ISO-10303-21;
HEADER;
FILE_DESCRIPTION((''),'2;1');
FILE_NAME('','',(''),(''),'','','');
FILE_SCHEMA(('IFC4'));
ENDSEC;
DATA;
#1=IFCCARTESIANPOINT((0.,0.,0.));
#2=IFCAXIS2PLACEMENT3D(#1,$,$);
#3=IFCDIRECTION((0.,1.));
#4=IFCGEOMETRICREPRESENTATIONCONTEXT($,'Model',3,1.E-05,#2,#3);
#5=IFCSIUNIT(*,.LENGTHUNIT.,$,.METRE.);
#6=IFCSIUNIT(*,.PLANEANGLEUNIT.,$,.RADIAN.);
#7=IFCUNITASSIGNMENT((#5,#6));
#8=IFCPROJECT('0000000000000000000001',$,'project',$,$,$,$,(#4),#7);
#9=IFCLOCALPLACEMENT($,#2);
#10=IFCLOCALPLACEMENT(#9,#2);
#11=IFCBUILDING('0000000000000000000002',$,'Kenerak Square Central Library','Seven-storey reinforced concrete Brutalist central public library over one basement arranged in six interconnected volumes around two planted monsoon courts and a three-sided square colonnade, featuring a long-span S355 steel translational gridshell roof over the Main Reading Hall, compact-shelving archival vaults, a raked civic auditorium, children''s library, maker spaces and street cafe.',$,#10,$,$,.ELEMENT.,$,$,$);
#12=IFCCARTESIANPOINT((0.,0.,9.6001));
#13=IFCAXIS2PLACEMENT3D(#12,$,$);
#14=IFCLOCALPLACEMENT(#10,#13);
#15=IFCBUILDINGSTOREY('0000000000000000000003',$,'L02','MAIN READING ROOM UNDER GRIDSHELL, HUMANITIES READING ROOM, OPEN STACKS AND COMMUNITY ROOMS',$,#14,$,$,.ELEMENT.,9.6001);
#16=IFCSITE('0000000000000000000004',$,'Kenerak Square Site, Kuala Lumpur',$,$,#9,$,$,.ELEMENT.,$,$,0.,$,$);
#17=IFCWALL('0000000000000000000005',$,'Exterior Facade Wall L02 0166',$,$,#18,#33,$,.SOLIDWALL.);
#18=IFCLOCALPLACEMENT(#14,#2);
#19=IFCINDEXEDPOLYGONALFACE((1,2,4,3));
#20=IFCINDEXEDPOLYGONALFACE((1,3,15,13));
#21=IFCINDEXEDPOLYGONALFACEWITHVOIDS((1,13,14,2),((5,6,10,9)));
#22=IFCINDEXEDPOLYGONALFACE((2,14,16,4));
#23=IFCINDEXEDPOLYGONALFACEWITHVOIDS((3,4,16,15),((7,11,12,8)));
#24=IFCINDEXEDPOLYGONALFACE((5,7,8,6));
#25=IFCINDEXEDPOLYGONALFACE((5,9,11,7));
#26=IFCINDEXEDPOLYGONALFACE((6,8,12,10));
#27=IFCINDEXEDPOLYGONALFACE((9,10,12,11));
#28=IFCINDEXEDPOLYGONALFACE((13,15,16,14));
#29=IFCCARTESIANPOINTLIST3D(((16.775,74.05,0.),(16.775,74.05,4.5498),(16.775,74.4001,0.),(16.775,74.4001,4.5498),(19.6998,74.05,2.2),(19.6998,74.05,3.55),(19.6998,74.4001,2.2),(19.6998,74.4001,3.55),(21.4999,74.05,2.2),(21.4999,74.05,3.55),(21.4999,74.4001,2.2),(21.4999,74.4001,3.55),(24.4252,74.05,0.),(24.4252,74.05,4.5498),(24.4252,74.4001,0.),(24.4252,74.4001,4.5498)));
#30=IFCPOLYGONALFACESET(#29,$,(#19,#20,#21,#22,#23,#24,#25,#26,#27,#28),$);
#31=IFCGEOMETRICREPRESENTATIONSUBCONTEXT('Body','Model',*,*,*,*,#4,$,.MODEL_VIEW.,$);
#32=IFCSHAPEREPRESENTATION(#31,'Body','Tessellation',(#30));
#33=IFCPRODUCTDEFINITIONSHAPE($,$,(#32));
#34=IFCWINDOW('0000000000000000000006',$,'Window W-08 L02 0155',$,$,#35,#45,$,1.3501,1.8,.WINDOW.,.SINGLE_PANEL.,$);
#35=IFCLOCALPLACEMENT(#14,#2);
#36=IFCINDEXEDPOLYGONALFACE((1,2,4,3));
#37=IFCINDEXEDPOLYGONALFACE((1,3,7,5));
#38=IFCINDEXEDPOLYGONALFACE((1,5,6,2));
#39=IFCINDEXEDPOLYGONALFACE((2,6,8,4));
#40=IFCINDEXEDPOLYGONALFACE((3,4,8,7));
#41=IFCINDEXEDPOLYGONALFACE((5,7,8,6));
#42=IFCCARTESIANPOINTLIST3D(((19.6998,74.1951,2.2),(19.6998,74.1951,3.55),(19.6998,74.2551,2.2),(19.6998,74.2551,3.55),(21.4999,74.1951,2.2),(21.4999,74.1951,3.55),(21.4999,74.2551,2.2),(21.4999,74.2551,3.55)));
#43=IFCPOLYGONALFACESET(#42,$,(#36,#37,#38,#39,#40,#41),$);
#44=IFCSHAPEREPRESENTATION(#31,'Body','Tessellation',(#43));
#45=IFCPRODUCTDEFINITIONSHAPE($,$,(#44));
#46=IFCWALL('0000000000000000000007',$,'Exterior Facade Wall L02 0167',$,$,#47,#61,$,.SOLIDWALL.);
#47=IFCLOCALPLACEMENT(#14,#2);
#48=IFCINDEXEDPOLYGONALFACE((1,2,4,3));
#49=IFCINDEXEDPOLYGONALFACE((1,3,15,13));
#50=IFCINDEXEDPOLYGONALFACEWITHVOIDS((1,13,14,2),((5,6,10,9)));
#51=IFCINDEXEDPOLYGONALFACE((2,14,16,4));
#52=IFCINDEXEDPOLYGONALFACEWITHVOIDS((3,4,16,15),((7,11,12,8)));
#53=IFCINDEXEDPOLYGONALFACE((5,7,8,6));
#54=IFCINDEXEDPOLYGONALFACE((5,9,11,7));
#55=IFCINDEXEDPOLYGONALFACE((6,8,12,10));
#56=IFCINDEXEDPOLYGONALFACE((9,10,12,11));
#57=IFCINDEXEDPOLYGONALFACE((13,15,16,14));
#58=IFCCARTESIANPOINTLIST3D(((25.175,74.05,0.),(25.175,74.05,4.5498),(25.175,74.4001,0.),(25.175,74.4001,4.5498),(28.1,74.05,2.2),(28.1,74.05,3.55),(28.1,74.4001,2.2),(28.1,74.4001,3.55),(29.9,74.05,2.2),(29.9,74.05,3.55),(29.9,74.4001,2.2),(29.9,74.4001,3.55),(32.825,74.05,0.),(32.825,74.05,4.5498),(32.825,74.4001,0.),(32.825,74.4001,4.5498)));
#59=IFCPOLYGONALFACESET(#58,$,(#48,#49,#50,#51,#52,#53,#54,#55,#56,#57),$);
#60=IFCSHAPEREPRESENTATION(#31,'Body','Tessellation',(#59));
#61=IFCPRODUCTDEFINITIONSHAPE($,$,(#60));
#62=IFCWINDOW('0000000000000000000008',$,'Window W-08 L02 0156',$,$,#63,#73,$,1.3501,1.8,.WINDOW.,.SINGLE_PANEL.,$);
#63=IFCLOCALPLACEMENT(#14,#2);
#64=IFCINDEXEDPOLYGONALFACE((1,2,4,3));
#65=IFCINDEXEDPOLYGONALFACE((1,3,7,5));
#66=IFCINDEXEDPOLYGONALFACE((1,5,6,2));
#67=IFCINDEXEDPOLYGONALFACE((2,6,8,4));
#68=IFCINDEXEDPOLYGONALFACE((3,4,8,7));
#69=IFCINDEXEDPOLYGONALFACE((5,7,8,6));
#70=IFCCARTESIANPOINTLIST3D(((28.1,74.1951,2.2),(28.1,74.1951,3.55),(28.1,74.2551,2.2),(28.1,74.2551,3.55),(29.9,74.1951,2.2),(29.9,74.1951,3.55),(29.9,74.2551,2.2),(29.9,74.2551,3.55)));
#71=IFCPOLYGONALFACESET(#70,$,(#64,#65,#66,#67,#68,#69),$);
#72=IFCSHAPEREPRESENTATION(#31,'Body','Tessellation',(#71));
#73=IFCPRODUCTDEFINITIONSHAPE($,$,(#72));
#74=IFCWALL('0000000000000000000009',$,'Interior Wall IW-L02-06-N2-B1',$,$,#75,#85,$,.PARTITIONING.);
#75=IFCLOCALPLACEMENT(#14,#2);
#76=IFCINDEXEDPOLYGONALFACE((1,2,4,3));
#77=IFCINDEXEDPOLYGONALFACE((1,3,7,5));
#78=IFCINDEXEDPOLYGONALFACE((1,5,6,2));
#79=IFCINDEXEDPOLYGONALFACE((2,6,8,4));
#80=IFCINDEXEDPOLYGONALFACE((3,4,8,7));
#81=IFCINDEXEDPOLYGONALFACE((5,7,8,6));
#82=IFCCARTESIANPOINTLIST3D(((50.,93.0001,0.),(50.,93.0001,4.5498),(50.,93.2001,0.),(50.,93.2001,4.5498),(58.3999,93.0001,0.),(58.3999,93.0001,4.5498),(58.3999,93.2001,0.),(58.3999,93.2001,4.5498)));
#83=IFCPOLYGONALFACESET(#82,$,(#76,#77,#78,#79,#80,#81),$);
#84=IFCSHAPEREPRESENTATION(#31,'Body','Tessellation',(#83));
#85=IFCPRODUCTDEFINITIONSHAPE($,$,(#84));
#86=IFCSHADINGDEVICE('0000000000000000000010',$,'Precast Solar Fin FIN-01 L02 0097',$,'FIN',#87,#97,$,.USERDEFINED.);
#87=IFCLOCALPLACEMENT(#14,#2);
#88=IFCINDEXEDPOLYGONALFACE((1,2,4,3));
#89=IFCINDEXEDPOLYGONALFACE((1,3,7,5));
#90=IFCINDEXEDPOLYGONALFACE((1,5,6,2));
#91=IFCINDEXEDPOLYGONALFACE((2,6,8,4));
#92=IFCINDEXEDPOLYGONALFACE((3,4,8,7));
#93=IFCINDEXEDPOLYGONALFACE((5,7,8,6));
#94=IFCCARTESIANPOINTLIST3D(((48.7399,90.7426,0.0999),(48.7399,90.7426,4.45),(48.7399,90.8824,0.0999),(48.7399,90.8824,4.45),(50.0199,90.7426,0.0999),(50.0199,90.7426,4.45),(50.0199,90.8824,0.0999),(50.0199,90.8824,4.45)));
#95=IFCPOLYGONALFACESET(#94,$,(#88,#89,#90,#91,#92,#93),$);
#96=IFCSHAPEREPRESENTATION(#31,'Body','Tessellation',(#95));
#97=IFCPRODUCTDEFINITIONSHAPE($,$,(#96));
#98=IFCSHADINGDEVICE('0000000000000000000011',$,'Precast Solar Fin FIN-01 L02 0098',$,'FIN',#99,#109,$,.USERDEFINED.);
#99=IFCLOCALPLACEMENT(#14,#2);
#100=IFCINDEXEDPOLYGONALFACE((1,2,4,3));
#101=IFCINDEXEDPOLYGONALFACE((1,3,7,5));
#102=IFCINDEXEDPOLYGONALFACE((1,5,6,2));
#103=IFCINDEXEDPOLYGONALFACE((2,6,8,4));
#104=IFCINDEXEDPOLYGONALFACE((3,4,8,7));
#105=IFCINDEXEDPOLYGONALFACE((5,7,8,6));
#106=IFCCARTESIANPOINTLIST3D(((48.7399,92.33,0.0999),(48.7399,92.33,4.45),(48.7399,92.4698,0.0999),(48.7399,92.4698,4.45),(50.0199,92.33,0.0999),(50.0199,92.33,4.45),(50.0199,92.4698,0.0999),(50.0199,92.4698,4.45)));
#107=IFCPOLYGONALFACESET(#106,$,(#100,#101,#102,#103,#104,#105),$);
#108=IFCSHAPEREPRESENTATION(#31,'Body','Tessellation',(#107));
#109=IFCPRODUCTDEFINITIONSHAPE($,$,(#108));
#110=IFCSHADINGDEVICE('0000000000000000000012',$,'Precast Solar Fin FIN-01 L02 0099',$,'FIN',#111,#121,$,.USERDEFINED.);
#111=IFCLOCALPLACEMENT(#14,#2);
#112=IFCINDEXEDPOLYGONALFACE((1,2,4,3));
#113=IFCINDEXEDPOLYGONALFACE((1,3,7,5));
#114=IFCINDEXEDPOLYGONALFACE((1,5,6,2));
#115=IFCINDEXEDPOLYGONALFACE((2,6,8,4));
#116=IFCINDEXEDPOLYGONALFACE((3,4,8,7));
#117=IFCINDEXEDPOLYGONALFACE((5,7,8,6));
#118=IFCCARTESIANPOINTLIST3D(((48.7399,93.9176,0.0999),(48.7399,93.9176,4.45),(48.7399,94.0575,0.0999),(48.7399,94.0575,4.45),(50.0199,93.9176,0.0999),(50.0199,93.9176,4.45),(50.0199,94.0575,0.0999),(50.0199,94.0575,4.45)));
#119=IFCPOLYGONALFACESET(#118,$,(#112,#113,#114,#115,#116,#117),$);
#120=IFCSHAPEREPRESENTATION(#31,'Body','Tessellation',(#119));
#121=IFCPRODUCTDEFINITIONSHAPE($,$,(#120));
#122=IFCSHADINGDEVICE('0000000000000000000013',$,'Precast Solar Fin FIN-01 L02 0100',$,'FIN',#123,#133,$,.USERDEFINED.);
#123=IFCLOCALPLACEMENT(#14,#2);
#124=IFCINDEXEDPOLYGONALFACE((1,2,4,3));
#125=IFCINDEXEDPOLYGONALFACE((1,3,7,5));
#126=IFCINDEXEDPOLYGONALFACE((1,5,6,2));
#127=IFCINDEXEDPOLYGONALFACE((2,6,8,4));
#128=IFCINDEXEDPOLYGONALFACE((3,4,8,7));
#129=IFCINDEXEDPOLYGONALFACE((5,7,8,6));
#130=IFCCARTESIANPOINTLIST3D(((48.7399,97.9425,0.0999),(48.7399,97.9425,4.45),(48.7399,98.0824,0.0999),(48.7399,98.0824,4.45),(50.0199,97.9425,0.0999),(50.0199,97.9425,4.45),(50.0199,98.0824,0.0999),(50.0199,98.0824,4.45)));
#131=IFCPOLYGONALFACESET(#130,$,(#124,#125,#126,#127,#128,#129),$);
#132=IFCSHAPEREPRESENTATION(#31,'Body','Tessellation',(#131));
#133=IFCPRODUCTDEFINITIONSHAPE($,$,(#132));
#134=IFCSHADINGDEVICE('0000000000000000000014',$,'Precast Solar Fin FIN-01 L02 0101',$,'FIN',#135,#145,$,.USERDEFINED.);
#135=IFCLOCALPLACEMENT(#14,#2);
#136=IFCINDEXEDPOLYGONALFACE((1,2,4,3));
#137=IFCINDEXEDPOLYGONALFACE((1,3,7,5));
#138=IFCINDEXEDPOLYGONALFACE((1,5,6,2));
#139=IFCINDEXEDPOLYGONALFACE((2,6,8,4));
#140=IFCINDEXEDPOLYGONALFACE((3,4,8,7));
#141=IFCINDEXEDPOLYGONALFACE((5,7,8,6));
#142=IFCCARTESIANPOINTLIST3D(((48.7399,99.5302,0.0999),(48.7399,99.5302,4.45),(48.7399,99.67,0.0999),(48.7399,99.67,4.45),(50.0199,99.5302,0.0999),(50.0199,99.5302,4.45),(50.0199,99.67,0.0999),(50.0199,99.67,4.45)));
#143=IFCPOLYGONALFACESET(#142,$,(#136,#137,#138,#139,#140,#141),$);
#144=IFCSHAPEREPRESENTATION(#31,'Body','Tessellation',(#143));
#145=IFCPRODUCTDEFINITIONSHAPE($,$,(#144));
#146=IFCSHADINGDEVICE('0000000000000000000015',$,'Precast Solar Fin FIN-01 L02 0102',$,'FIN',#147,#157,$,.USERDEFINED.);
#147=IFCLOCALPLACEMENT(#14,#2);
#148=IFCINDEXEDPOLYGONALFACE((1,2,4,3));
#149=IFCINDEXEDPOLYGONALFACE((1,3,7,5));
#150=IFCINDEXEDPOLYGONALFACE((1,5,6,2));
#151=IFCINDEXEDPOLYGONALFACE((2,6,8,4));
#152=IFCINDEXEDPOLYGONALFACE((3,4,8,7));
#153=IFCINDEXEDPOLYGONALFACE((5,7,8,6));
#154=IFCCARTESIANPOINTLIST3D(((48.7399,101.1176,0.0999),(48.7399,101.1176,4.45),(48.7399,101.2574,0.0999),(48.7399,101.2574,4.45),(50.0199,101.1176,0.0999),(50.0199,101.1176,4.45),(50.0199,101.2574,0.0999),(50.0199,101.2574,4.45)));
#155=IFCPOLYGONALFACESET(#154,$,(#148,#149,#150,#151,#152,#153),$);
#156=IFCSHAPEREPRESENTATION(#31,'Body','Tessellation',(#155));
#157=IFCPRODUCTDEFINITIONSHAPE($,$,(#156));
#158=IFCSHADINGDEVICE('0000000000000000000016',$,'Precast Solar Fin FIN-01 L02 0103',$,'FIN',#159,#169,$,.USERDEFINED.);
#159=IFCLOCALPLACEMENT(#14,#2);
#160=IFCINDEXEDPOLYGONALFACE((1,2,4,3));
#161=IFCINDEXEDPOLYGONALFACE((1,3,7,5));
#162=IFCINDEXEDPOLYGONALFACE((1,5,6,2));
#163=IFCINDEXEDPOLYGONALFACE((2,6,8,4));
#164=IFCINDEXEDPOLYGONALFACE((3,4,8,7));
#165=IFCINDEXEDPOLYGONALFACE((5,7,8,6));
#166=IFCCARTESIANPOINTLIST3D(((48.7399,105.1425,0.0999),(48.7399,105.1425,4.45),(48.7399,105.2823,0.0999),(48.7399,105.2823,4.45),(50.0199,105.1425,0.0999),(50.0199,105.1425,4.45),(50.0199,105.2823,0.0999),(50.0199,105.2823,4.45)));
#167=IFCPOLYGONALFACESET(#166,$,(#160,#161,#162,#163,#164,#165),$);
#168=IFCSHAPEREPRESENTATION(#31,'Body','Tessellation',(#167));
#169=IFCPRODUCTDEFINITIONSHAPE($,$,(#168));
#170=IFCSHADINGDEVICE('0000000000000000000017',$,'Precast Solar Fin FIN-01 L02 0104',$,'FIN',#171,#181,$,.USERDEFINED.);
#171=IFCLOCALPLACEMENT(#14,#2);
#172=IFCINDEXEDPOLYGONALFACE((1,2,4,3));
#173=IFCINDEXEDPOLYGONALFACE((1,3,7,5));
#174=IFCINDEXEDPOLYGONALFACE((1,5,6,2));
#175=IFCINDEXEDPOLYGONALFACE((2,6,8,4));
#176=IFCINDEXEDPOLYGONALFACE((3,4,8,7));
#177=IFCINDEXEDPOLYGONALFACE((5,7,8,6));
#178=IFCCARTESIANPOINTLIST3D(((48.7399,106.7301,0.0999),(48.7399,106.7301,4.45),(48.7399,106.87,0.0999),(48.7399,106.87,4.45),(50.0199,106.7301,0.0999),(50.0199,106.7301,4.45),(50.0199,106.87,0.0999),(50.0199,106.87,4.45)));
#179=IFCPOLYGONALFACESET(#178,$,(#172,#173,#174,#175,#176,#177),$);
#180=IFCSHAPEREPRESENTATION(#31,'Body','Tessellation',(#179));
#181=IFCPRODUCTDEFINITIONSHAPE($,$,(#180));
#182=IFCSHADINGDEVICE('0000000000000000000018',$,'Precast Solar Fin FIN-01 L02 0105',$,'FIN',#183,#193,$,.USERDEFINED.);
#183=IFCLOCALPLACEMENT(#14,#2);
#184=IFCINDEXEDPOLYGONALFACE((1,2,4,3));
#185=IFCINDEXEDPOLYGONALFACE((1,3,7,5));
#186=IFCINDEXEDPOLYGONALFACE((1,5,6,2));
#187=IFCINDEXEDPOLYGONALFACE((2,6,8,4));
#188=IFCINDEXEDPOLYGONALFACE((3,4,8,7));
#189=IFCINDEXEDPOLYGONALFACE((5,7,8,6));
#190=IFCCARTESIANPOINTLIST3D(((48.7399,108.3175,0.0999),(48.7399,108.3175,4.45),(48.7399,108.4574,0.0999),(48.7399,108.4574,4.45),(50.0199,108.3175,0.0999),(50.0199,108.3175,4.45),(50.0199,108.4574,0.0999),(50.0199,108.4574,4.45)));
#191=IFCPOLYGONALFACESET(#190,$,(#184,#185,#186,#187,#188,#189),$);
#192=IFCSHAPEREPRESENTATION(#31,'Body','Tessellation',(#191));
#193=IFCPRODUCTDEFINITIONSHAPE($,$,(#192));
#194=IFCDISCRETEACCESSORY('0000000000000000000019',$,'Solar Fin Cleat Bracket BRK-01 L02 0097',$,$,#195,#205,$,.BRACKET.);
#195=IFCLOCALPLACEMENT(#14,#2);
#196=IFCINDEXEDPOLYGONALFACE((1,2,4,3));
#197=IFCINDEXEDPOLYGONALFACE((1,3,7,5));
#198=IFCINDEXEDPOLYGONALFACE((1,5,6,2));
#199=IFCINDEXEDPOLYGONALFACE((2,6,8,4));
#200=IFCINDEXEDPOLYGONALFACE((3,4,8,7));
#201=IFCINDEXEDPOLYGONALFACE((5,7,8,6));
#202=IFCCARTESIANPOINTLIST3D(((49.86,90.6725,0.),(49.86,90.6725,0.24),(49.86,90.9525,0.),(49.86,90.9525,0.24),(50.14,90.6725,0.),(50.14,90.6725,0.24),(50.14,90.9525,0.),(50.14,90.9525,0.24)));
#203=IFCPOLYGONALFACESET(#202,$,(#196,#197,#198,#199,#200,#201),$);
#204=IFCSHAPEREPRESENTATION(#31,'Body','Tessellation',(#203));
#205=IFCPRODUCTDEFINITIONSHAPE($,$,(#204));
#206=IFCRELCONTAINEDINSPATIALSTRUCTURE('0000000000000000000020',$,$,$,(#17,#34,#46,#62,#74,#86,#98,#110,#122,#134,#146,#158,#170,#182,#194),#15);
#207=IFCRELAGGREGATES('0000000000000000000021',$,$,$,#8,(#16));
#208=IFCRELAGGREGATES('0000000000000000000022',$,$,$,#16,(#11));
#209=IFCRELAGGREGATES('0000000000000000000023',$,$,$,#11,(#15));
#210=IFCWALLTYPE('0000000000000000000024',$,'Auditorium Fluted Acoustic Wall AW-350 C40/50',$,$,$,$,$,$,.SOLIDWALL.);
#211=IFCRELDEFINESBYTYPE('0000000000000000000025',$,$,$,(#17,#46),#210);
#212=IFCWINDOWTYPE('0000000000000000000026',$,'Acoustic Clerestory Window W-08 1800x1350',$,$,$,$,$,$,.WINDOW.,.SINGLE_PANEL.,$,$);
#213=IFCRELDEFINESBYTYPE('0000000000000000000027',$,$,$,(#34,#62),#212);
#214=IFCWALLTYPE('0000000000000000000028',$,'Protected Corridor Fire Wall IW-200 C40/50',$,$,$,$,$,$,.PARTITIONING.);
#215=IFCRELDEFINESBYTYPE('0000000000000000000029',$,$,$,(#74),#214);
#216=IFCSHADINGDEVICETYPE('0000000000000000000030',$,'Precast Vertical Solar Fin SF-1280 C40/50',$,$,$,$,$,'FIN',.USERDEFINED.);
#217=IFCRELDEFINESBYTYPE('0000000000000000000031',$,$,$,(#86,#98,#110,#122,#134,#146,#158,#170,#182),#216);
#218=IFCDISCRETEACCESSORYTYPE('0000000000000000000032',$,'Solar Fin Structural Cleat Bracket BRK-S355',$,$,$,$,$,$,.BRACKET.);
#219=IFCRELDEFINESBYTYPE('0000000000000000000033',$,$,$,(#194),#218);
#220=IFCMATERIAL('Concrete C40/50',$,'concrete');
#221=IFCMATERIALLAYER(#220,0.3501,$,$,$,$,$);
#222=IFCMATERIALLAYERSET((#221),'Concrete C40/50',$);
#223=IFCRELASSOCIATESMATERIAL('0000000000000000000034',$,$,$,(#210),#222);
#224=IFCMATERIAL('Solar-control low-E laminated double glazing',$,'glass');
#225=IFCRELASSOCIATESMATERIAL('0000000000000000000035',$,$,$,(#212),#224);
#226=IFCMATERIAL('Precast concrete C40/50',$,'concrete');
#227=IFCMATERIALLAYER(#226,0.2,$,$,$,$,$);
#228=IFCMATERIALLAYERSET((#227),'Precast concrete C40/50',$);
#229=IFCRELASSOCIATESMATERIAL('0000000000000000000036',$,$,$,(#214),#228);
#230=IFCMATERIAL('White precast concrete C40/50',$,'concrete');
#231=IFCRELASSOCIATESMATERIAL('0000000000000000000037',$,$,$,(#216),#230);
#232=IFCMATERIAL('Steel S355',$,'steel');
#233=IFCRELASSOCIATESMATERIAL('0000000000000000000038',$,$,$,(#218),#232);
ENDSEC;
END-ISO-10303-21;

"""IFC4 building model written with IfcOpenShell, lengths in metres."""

from ifc_helpers import new_model, si_unit, direction, frame, frame_2d, origin, origin_2d, place, context, subcontext, project, spatial, rectangle, extrude, material, layer, layer_set, type_object, element, fill, save


model = new_model("IFC4")

# Units and contexts
model_context = context("Model", 3, precision=1e-05, world=origin(), true_north=direction((0.0, 1.0)))
body_context = subcontext(model_context, "Body", "Model", "MODEL_VIEW")
ifc_project = project(units=[si_unit("LENGTHUNIT", "METRE"), si_unit("PLANEANGLEUNIT", "RADIAN")], contexts=[model_context])

# Site, building, storey
site_placement = place(None, origin())
site = spatial("IfcSite", under=ifc_project, at=site_placement, Name="Kenerak Square Site, Kuala Lumpur", CompositionType="ELEMENT", RefElevation=0.0)
building_placement = place(site_placement, origin())
building = spatial("IfcBuilding", under=site, at=building_placement, Name="Kenerak Square Central Library", Description="Seven-storey reinforced concrete Brutalist central public library over one basement arranged in six interconnected volumes around two planted monsoon courts and a three-sided square colonnade, featuring a long-span S355 steel translational gridshell roof over the Main Reading Hall, compact-shelving archival vaults, a raked civic auditorium, children's library, maker spaces and street cafe.", CompositionType="ELEMENT")
storey_placement = place(building_placement, frame((0.0, 0.0, 9.6001)))
storey = spatial("IfcBuildingStorey", under=building, at=storey_placement, Name="L02", Description="MAIN READING ROOM UNDER GRIDSHELL, HUMANITIES READING ROOM, OPEN STACKS AND COMMUNITY ROOMS", CompositionType="ELEMENT", Elevation=9.6001)

# Shared definitions
ifc_material_1 = material(Name="Concrete C40/50", Category="concrete")

# Walls, openings, windows
ifc_layer_1 = layer(ifc_material_1, 0.3501)
ifc_layer_set_1 = layer_set([ifc_layer_1], Name="Concrete C40/50")
wall_type_1 = type_object("IfcWallType", Name="Auditorium Fluted Acoustic Wall AW-350 C40/50", PredefinedType="SOLIDWALL", material=ifc_layer_set_1)
ifc_material_2 = material(Name="Solar-control low-E laminated double glazing", Category="glass")
window_type = type_object("IfcWindowType", Name="Acoustic Clerestory Window W-08 1800x1350", PartitioningType="SINGLE_PANEL", PredefinedType="WINDOW", material=ifc_material_2)
wall_1_placement = place(storey_placement, frame((16.7749, 74.2251, 0.0), z_axis=(0.0, 0.0, 1.0), x_axis=(1.0, 0.0, 0.0)))
wall_1 = element("IfcWall", 1, at=wall_1_placement, inside=storey, type_object=wall_type_1, Name="Exterior Facade Wall L02 0166", PredefinedType="SOLIDWALL", context=body_context, shape_type="SweptSolid", body=[
    extrude(rectangle(XDim=7.6501, YDim=0.3501, at=frame_2d((3.8252, 0.0))), origin(), (0.0, 0.0, 1.0), 4.5498),
])
opening_1_placement = place(wall_1_placement, frame((2.925, 0.0, 2.2)))
opening_1 = element("IfcOpeningElement", 2, at=opening_1_placement, cuts=wall_1, PredefinedType="OPENING", context=body_context, shape_type="SweptSolid", body=[
    extrude(rectangle(XDim=1.8, YDim=1.3501, at=frame_2d((0.8999, 0.675))), frame((0.0, 0.1851, 0.0), z_axis=(0.0, -1.0, 0.0), x_axis=(1.0, 0.0, 0.0)), (0.0, 0.0, 1.0), 0.3701),
])
window_1_placement = place(opening_1_placement, origin())
window_1 = element("IfcWindow", 3, at=window_1_placement, inside=storey, type_object=window_type, Name="Window W-08 L02 0155", OverallHeight=1.3501, OverallWidth=1.8, PartitioningType="SINGLE_PANEL", PredefinedType="WINDOW", context=body_context, shape_type="SweptSolid", body=[
    extrude(rectangle(XDim=1.8, YDim=1.3501, at=frame_2d((0.8999, 0.675))), frame((0.0, 0.03, 0.0), z_axis=(0.0, -1.0, 0.0), x_axis=(1.0, 0.0, 0.0)), (0.0, 0.0, 1.0), 0.0601),
])
fill(opening_1, window_1)
wall_2_placement = place(storey_placement, frame((25.175, 74.2251, 0.0), z_axis=(0.0, 0.0, 1.0), x_axis=(1.0, 0.0, 0.0)))
wall_2 = element("IfcWall", 4, at=wall_2_placement, inside=storey, type_object=wall_type_1, Name="Exterior Facade Wall L02 0167", PredefinedType="SOLIDWALL", context=body_context, shape_type="SweptSolid", body=[
    extrude(rectangle(XDim=7.6499, YDim=0.3501, at=frame_2d((3.825, 0.0))), origin(), (0.0, 0.0, 1.0), 4.5498),
])
opening_2_placement = place(wall_2_placement, frame((2.925, 0.0, 2.2)))
opening_2 = element("IfcOpeningElement", 5, at=opening_2_placement, cuts=wall_2, PredefinedType="OPENING", context=body_context, shape_type="SweptSolid", body=[
    extrude(rectangle(XDim=1.8, YDim=1.3501, at=frame_2d((0.8999, 0.675))), frame((0.0, 0.1851, 0.0), z_axis=(0.0, -1.0, 0.0), x_axis=(1.0, 0.0, 0.0)), (0.0, 0.0, 1.0), 0.3701),
])
window_2_placement = place(opening_2_placement, origin())
window_2 = element("IfcWindow", 6, at=window_2_placement, inside=storey, type_object=window_type, Name="Window W-08 L02 0156", OverallHeight=1.3501, OverallWidth=1.8, PartitioningType="SINGLE_PANEL", PredefinedType="WINDOW", context=body_context, shape_type="SweptSolid", body=[
    extrude(rectangle(XDim=1.8, YDim=1.3501, at=frame_2d((0.8999, 0.675))), frame((0.0, 0.03, 0.0), z_axis=(0.0, -1.0, 0.0), x_axis=(1.0, 0.0, 0.0)), (0.0, 0.0, 1.0), 0.0601),
])
fill(opening_2, window_2)

# Wall
ifc_material_3 = material(Name="Precast concrete C40/50", Category="concrete")
ifc_layer_2 = layer(ifc_material_3, 0.2)
ifc_layer_set_2 = layer_set([ifc_layer_2], Name="Precast concrete C40/50")
wall_type_2 = type_object("IfcWallType", Name="Protected Corridor Fire Wall IW-200 C40/50", PredefinedType="PARTITIONING", material=ifc_layer_set_2)
wall_3_placement = place(storey_placement, frame((50.0, 93.1001, 0.0), z_axis=(0.0, 0.0, 1.0), x_axis=(1.0, 0.0, 0.0)))
element("IfcWall", 7, at=wall_3_placement, inside=storey, type_object=wall_type_2, Name="Interior Wall IW-L02-06-N2-B1", PredefinedType="PARTITIONING", context=body_context, shape_type="SweptSolid", body=[
    extrude(rectangle(XDim=8.3999, YDim=0.2, at=frame_2d((4.2, 0.0))), origin(), (0.0, 0.0, 1.0), 4.5498),
])

# Shading devices
ifc_material_4 = material(Name="White precast concrete C40/50", Category="concrete")
shading_device_type = type_object("IfcShadingDeviceType", Name="Precast Vertical Solar Fin SF-1280 C40/50", ElementType="FIN", PredefinedType="USERDEFINED", material=ifc_material_4)
for number, where, z_axis, x_axis, name in (
    (8, (49.3799, 90.8125, 0.0999), (0.0, 0.0, 1.0), (0.0, 1.0, 0.0), "Precast Solar Fin FIN-01 L02 0097"),
    (9, (49.3799, 92.3999, 0.0999), (0.0, 0.0, 1.0), (0.0, 1.0, 0.0), "Precast Solar Fin FIN-01 L02 0098"),
    (10, (49.3799, 93.9875, 0.0999), (0.0, 0.0, 1.0), (0.0, 1.0, 0.0), "Precast Solar Fin FIN-01 L02 0099"),
    (11, (49.3799, 98.0125, 0.0999), (0.0, 0.0, 1.0), (0.0, 1.0, 0.0), "Precast Solar Fin FIN-01 L02 0100"),
    (12, (49.3799, 99.6001, 0.0999), (0.0, 0.0, 1.0), (0.0, 1.0, 0.0), "Precast Solar Fin FIN-01 L02 0101"),
    (13, (49.3799, 101.1875, 0.0999), (0.0, 0.0, 1.0), (0.0, 1.0, 0.0), "Precast Solar Fin FIN-01 L02 0102"),
    (14, (49.3799, 105.2124, 0.0999), (0.0, 0.0, 1.0), (0.0, 1.0, 0.0), "Precast Solar Fin FIN-01 L02 0103"),
    (15, (49.3799, 106.8, 0.0999), (0.0, 0.0, 1.0), (0.0, 1.0, 0.0), "Precast Solar Fin FIN-01 L02 0104"),
    (16, (49.3799, 108.3875, 0.0999), (0.0, 0.0, 1.0), (0.0, 1.0, 0.0), "Precast Solar Fin FIN-01 L02 0105"),
):
    element("IfcShadingDevice", number, at=place(storey_placement, frame(where, z_axis=z_axis, x_axis=x_axis)), inside=storey, type_object=shading_device_type, Name=name, ObjectType="FIN", PredefinedType="USERDEFINED", context=body_context, shape_type="SweptSolid", body=[
        extrude(rectangle(XDim=0.1399, YDim=1.28, at=origin_2d()), origin(), (0.0, 0.0, 1.0), 4.3501),
    ])

# Discrete accessory
ifc_material_5 = material(Name="Steel S355", Category="steel")
discrete_accessory_type = type_object("IfcDiscreteAccessoryType", Name="Solar Fin Structural Cleat Bracket BRK-S355", PredefinedType="BRACKET", material=ifc_material_5)
for number, where, z_axis, x_axis, name in (
    (17, (50.0, 90.8125, 0.0), (0.0, 0.0, 1.0), (0.0, 1.0, 0.0), "Solar Fin Cleat Bracket BRK-01 L02 0097"),
):
    element("IfcDiscreteAccessory", number, at=place(storey_placement, frame(where, z_axis=z_axis, x_axis=x_axis)), inside=storey, type_object=discrete_accessory_type, Name=name, PredefinedType="BRACKET", context=body_context, shape_type="SweptSolid", body=[
        extrude(rectangle(XDim=0.28, YDim=0.28, at=origin_2d()), origin(), (0.0, 0.0, 1.0), 0.24),
    ])

save(model, "model.ifc")
